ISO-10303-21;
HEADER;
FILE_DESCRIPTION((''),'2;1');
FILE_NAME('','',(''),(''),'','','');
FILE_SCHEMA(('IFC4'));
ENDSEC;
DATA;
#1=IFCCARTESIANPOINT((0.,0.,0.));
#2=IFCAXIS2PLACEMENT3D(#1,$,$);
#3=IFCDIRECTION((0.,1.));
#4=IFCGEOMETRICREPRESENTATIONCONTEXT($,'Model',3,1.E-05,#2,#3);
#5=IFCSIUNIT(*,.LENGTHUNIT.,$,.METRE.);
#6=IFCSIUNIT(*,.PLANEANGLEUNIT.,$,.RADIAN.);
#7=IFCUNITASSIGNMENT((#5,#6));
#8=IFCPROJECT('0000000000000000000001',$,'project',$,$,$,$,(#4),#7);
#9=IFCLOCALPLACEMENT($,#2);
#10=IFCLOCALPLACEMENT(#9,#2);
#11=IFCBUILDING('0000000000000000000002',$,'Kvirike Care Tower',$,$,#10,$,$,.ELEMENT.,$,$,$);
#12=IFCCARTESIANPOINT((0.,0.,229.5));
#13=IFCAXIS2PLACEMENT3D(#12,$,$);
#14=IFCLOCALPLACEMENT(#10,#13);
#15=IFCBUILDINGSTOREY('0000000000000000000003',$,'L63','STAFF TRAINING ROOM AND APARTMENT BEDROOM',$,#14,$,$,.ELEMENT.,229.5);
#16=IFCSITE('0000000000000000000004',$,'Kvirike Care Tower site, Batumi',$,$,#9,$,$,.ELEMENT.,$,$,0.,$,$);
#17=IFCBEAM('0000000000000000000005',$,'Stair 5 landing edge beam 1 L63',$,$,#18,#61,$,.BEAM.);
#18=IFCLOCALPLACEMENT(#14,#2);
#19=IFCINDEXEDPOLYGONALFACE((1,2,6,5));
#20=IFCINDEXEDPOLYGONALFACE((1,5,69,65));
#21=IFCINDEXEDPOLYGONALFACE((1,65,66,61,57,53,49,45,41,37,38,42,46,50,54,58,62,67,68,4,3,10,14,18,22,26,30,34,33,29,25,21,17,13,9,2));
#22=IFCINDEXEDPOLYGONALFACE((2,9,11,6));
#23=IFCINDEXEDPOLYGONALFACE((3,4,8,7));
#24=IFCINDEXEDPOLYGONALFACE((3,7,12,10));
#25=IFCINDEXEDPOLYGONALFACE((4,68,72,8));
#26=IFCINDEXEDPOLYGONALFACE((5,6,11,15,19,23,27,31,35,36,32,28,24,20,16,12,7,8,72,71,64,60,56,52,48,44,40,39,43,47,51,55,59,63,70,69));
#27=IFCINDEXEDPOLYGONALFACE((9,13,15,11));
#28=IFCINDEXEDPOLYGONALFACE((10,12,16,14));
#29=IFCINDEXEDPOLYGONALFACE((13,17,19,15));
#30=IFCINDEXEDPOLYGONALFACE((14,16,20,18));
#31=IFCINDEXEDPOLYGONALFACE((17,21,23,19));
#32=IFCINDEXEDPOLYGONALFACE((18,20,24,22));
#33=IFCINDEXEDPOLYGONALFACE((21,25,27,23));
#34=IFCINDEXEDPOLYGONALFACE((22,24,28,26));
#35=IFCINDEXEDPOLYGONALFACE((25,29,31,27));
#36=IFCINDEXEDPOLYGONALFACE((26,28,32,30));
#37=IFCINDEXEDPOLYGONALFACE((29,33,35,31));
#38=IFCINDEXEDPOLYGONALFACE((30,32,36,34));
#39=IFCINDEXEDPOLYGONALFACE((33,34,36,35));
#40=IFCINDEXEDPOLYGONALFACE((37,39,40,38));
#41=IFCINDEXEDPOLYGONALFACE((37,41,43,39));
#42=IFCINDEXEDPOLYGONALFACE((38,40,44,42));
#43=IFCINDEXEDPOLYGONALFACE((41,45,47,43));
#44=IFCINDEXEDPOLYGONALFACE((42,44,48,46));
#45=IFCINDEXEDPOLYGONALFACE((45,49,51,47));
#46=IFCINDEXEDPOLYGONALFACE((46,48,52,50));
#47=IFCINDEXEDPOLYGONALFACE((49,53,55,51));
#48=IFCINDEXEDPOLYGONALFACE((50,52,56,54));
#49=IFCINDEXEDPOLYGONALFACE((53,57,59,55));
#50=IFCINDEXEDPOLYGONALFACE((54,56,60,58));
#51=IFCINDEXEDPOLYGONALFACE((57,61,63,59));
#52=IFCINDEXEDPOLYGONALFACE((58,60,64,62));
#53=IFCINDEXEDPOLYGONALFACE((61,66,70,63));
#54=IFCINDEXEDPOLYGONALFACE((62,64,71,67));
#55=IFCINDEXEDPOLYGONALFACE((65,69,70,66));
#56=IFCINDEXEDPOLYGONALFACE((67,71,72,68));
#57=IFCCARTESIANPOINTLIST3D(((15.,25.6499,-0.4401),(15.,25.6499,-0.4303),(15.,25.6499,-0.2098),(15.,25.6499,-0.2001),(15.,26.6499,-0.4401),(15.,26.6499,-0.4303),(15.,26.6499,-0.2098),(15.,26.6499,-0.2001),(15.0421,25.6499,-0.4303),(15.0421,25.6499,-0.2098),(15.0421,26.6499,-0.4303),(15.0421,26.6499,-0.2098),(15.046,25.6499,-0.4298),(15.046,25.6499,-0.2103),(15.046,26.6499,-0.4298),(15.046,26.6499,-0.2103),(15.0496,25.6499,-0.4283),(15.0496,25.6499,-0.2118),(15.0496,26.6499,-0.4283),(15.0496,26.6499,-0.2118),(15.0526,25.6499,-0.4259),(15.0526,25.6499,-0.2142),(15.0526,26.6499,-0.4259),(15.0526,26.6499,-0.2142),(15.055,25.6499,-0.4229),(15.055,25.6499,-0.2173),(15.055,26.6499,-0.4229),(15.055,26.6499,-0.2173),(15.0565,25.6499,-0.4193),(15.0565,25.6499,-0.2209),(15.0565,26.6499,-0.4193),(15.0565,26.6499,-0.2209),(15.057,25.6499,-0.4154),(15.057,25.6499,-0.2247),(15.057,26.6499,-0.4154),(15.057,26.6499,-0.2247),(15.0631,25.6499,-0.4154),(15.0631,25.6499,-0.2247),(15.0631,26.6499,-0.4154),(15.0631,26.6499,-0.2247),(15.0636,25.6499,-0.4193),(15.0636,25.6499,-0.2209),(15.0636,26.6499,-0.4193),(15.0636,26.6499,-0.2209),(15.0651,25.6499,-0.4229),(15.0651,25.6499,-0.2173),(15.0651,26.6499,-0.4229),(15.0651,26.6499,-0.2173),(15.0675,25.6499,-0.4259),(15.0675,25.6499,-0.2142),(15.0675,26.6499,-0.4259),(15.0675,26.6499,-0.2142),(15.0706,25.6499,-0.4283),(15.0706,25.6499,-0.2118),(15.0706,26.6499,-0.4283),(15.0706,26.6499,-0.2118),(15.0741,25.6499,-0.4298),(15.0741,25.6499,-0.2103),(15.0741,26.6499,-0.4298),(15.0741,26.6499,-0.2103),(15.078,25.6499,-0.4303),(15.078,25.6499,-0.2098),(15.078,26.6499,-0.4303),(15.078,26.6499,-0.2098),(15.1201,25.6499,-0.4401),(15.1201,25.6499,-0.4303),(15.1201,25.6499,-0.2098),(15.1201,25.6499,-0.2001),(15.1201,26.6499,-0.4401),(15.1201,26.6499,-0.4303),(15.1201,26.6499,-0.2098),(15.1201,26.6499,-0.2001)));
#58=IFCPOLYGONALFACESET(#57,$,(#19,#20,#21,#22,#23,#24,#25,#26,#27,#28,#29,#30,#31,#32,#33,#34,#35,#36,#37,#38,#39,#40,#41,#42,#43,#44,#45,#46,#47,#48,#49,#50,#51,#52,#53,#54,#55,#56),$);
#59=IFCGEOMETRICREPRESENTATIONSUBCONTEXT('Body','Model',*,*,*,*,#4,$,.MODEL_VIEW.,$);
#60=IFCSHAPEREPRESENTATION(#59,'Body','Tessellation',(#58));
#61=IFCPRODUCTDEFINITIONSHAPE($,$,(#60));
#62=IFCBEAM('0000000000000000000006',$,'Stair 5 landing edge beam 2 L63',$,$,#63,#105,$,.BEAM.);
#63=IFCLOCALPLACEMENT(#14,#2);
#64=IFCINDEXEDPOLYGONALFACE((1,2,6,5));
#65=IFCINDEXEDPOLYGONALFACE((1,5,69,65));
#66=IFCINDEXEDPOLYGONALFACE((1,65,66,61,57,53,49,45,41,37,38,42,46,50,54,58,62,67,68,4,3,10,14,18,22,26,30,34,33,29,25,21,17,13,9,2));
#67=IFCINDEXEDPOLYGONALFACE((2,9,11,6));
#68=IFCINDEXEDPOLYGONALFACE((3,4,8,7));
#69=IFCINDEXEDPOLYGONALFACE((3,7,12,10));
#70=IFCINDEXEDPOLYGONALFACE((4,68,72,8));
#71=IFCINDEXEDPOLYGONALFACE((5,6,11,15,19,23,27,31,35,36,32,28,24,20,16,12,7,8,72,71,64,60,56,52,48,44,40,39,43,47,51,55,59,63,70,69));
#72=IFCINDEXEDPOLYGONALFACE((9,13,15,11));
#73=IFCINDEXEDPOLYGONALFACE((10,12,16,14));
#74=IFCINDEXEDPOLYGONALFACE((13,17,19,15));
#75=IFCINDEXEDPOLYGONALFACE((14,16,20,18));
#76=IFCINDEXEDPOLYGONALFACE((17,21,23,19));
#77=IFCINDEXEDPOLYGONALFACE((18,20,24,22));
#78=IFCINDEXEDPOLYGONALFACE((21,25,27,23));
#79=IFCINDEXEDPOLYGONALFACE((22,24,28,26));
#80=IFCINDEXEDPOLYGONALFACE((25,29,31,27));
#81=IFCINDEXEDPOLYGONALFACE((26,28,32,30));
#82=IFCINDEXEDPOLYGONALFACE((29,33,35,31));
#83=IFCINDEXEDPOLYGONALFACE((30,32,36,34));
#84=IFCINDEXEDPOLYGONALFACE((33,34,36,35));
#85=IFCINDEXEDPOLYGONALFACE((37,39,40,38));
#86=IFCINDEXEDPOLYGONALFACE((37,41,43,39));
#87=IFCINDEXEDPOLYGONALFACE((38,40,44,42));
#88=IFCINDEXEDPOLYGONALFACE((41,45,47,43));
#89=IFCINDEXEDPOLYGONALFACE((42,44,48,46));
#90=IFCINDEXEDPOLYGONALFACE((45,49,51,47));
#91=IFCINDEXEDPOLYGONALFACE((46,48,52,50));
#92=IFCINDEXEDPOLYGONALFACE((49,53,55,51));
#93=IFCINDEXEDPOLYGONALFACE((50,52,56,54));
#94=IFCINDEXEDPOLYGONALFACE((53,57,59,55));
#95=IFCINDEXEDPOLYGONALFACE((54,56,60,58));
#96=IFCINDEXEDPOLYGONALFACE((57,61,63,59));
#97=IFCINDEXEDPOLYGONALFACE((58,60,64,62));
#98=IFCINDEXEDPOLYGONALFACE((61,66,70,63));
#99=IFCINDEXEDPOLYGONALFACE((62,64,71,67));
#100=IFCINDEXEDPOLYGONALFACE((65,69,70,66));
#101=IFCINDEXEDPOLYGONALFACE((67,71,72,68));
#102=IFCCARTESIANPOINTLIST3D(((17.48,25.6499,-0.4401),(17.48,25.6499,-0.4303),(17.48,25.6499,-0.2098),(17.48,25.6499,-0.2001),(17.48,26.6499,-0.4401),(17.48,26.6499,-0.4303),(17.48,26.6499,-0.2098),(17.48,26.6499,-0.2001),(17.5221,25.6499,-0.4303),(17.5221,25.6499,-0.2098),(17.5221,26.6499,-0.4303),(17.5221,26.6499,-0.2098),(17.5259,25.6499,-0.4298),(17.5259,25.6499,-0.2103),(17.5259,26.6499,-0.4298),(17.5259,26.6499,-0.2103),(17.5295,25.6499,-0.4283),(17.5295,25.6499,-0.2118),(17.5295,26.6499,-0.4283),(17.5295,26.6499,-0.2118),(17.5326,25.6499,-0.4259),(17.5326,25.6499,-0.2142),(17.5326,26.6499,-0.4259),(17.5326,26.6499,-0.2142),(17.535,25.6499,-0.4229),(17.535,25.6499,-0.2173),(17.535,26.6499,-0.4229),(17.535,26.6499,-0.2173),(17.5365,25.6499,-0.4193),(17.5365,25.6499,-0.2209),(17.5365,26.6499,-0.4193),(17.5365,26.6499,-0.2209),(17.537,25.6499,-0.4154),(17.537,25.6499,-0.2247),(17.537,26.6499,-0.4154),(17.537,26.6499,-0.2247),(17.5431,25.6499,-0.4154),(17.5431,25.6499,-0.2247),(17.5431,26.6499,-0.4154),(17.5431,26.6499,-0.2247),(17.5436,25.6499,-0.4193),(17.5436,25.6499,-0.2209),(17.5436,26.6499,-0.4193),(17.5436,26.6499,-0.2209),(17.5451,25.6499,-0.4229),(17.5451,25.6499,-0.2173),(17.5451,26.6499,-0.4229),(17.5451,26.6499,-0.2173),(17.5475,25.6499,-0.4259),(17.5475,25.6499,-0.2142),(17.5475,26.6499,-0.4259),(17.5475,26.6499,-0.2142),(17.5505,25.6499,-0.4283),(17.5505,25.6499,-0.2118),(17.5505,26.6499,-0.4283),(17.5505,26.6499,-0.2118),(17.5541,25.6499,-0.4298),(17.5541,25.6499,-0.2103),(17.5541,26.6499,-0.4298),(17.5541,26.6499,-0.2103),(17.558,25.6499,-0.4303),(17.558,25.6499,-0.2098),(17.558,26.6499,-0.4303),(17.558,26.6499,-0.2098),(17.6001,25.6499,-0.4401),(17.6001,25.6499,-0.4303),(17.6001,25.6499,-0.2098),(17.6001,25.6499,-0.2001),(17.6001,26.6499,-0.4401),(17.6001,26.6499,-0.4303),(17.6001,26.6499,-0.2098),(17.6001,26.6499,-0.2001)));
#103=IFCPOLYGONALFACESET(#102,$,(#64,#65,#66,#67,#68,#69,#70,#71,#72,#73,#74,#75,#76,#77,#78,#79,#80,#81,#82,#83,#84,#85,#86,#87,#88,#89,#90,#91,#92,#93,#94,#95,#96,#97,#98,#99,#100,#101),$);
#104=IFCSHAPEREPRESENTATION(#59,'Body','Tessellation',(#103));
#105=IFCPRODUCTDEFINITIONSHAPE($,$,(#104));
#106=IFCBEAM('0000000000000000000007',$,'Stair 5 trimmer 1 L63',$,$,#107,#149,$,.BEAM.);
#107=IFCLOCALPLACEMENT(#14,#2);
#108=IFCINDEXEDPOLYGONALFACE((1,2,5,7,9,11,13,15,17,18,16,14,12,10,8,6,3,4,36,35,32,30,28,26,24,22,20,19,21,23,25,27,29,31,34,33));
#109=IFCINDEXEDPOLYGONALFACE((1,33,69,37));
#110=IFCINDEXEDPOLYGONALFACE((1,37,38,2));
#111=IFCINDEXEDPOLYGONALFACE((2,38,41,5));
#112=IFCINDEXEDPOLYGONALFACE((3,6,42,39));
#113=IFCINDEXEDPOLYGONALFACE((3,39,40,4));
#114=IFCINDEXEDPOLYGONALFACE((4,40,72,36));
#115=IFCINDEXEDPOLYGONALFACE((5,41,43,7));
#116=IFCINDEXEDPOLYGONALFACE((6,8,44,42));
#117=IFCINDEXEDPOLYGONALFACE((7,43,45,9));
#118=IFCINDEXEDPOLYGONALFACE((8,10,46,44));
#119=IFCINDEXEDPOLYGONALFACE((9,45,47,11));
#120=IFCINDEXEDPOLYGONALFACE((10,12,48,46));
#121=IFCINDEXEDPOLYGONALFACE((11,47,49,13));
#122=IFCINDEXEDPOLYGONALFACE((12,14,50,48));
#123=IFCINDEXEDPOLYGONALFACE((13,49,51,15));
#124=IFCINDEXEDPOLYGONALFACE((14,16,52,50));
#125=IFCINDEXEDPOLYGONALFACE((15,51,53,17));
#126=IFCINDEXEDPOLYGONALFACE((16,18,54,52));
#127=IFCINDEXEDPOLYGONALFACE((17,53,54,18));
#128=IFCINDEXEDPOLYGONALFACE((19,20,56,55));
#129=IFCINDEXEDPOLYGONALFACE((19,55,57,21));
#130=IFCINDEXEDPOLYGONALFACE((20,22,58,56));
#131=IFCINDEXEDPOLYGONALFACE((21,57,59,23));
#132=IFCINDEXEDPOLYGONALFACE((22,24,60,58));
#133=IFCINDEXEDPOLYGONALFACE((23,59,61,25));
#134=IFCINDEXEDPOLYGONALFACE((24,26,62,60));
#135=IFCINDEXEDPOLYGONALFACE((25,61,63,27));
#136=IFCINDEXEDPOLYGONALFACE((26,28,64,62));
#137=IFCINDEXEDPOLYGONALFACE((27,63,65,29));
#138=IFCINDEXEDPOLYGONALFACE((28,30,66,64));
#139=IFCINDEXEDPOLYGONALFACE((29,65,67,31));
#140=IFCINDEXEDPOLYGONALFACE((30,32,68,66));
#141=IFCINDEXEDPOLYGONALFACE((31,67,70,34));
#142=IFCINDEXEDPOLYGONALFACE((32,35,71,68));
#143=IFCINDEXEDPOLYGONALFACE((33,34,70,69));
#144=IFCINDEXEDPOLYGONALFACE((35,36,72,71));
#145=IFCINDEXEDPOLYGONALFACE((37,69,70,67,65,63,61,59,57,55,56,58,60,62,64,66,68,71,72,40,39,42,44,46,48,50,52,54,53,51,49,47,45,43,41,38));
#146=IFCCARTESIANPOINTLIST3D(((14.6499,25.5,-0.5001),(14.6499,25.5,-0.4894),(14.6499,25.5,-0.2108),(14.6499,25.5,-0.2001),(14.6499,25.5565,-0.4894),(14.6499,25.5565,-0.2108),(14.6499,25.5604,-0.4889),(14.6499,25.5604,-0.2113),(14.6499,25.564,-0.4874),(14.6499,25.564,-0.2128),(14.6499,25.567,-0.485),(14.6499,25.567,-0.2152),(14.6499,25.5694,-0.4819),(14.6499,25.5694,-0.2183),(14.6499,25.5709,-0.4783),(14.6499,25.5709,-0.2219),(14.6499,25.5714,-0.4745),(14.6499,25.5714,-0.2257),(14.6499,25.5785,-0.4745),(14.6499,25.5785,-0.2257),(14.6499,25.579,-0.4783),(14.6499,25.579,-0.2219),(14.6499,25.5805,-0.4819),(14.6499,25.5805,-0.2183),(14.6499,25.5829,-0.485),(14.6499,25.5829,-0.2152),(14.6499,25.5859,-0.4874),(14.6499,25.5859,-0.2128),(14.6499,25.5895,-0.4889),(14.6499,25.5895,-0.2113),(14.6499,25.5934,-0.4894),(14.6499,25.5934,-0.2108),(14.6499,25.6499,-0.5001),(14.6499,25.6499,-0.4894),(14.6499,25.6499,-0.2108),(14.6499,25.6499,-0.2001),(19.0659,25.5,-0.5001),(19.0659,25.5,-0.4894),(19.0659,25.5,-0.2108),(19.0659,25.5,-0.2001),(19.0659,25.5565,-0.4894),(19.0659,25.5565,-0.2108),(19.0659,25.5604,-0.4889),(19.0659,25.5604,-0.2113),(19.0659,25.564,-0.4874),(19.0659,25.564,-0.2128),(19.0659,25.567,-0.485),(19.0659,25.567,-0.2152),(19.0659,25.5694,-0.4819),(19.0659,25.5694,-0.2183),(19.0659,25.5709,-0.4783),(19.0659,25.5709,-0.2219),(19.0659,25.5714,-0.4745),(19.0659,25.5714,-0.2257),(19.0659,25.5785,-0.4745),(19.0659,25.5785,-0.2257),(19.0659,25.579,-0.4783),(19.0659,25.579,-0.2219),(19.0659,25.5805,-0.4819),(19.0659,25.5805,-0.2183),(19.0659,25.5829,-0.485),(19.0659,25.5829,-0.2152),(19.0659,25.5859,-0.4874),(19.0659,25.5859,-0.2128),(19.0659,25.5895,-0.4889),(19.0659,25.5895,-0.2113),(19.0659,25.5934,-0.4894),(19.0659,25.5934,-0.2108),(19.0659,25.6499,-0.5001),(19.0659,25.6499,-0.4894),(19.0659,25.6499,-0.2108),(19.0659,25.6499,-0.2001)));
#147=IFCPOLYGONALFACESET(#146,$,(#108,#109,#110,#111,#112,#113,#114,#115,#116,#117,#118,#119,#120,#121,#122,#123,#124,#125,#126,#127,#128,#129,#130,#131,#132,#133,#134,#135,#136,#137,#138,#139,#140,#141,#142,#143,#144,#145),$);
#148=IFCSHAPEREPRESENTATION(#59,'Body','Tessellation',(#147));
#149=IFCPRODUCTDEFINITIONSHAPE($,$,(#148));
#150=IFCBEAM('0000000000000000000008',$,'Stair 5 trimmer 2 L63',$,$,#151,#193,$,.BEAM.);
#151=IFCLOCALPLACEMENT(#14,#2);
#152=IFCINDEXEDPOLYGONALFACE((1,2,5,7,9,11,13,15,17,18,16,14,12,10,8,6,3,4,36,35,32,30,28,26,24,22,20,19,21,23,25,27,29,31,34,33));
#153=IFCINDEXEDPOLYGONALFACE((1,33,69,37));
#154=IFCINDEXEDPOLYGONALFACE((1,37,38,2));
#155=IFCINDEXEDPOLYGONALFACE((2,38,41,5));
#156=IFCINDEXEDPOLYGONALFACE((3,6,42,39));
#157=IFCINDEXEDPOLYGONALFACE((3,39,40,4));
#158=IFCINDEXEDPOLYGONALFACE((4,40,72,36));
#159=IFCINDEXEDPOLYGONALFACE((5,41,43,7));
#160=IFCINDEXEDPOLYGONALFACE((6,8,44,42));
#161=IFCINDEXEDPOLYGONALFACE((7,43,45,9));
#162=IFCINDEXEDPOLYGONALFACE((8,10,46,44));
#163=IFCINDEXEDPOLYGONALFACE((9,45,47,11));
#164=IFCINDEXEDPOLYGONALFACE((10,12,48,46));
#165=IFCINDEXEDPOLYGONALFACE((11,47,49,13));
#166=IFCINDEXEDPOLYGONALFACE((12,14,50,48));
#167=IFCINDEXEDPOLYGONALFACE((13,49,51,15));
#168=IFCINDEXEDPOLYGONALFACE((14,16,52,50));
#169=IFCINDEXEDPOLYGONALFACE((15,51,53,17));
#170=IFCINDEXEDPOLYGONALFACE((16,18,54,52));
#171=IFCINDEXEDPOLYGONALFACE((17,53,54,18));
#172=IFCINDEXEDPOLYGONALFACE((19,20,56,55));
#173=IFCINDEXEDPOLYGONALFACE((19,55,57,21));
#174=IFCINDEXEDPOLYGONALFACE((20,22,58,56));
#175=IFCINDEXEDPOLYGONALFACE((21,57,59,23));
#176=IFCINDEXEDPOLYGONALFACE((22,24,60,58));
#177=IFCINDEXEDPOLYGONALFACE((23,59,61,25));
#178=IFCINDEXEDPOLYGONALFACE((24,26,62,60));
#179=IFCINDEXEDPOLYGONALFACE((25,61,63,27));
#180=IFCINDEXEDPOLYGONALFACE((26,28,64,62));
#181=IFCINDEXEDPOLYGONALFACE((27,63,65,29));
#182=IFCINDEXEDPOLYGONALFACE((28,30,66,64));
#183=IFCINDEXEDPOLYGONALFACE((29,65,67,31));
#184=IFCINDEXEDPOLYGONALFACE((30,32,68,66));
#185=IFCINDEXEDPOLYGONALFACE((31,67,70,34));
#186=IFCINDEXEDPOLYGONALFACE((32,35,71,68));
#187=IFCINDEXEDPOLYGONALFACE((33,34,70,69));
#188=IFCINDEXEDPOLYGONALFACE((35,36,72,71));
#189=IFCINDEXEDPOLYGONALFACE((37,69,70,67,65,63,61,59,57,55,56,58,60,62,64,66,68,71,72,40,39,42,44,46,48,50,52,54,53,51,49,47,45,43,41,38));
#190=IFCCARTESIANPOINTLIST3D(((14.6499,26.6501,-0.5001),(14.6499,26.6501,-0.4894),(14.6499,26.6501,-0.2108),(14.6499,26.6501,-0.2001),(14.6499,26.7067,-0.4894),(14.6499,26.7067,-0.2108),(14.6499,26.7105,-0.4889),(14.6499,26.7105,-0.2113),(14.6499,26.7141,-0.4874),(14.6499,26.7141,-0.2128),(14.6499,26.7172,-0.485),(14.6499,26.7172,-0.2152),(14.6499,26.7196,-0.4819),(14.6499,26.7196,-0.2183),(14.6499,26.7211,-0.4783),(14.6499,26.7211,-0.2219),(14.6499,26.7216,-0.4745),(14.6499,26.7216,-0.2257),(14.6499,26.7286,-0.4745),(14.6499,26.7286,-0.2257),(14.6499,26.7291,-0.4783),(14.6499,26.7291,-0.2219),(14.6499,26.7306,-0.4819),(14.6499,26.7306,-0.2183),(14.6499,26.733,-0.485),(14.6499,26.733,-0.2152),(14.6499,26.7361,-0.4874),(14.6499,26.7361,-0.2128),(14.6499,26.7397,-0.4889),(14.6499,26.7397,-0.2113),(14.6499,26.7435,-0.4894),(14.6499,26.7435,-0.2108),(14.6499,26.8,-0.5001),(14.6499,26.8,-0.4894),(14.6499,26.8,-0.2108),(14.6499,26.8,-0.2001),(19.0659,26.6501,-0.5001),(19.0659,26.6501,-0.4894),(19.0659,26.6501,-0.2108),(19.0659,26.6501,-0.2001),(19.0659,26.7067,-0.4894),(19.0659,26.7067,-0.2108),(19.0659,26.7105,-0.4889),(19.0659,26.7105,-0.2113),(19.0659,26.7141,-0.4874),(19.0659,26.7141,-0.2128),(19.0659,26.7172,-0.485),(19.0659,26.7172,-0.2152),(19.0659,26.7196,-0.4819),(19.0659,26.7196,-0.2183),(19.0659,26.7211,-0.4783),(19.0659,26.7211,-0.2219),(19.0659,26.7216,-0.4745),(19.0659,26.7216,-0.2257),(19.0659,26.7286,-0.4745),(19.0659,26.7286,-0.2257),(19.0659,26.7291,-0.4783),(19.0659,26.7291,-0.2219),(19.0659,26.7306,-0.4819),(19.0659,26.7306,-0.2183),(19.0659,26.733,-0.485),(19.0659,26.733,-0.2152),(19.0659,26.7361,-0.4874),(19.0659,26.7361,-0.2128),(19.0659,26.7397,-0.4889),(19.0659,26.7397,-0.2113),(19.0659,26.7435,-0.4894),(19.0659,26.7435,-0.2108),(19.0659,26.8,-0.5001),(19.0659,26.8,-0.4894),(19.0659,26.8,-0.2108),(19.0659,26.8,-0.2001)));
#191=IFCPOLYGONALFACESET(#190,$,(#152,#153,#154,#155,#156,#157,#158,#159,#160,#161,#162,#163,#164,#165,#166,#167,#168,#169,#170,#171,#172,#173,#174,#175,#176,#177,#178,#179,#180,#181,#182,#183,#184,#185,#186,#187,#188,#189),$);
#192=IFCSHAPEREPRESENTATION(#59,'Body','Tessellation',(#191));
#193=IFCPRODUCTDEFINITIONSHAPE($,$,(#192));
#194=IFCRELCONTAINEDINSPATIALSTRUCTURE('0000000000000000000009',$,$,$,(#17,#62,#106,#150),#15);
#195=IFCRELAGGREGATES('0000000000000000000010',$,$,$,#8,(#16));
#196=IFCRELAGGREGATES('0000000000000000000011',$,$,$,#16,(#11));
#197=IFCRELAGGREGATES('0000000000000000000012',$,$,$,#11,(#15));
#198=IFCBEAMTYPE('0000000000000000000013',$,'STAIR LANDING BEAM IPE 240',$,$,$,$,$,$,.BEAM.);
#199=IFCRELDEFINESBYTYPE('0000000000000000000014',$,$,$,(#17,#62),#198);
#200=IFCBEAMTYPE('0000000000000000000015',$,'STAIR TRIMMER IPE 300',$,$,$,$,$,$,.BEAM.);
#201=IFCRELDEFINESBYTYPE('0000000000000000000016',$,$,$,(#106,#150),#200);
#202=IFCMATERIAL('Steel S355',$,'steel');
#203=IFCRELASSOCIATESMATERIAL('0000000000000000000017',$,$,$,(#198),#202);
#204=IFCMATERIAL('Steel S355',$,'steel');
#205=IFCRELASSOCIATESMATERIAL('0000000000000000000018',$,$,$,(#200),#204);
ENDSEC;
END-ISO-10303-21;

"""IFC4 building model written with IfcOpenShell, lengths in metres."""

from ifc_helpers import new_model, si_unit, direction, frame, origin, origin_2d, place, context, subcontext, project, spatial, i_section, extrude, material, material_profile, profile_set, type_object, element, save


model = new_model("IFC4")

# Units and contexts
model_context = context("Model", 3, precision=1e-05, world=origin(), true_north=direction((0.0, 1.0)))
body_context = subcontext(model_context, "Body", "Model", "MODEL_VIEW")
ifc_project = project(units=[si_unit("LENGTHUNIT", "METRE"), si_unit("PLANEANGLEUNIT", "RADIAN")], contexts=[model_context])

# Site, building, storey
site_placement = place(None, origin())
site = spatial("IfcSite", under=ifc_project, at=site_placement, Name="Kvirike Care Tower site, Batumi", CompositionType="ELEMENT", RefElevation=0.0)
building_placement = place(site_placement, origin())
building = spatial("IfcBuilding", under=site, at=building_placement, Name="Kvirike Care Tower", CompositionType="ELEMENT")
storey_placement = place(building_placement, frame((0.0, 0.0, 229.5)))
storey = spatial("IfcBuildingStorey", under=building, at=storey_placement, Name="L63", Description="STAFF TRAINING ROOM AND APARTMENT BEDROOM", CompositionType="ELEMENT", Elevation=229.5)

# Beams
ifc_material_1 = material(Name="Steel S355", Category="steel")
ifc_material_profile_1 = material_profile(ifc_material_1, i_section(OverallWidth=0.1201, OverallDepth=0.24, WebThickness=0.0061, FlangeThickness=0.0098, FilletRadius=0.0149, at=origin_2d()), Name="IPE 240")
ifc_profile_set_1 = profile_set([ifc_material_profile_1], Name="Steel S355")
beam_type_1 = type_object("IfcBeamType", Name="STAIR LANDING BEAM IPE 240", PredefinedType="BEAM", material=ifc_profile_set_1)
for number, where, z_axis, x_axis, name in (
    (1, (15.0601, 25.6499, -0.3201), (0.0, 1.0, 0.0), (-1.0, 0.0, 0.0), "Stair 5 landing edge beam 1 L63"),
    (2, (17.54, 25.6499, -0.3201), (0.0, 1.0, 0.0), (-1.0, 0.0, 0.0), "Stair 5 landing edge beam 2 L63"),
):
    element("IfcBeam", number, at=place(storey_placement, frame(where, z_axis=z_axis, x_axis=x_axis)), inside=storey, type_object=beam_type_1, Name=name, PredefinedType="BEAM", context=body_context, shape_type="SweptSolid", body=[
        extrude(i_section(OverallWidth=0.1201, OverallDepth=0.24, WebThickness=0.0061, FlangeThickness=0.0098, FilletRadius=0.0149, at=origin_2d()), origin(), (0.0, 0.0, 1.0), 1.0),
    ])
ifc_material_2 = material(Name="Steel S355", Category="steel")
ifc_material_profile_2 = material_profile(ifc_material_2, i_section(OverallWidth=0.1499, OverallDepth=0.3, WebThickness=0.0071, FlangeThickness=0.0107, FilletRadius=0.0149, at=origin_2d()), Name="IPE 300")
ifc_profile_set_2 = profile_set([ifc_material_profile_2], Name="Steel S355")
beam_type_2 = type_object("IfcBeamType", Name="STAIR TRIMMER IPE 300", PredefinedType="BEAM", material=ifc_profile_set_2)
for number, where, z_axis, x_axis, name in (
    (3, (14.6499, 25.575, -0.3501), (1.0, 0.0, 0.0), (0.0, 1.0, 0.0), "Stair 5 trimmer 1 L63"),
    (4, (14.6499, 26.7251, -0.3501), (1.0, 0.0, 0.0), (0.0, 1.0, 0.0), "Stair 5 trimmer 2 L63"),
):
    element("IfcBeam", number, at=place(storey_placement, frame(where, z_axis=z_axis, x_axis=x_axis)), inside=storey, type_object=beam_type_2, Name=name, PredefinedType="BEAM", context=body_context, shape_type="SweptSolid", body=[
        extrude(i_section(OverallWidth=0.1499, OverallDepth=0.3, WebThickness=0.0071, FlangeThickness=0.0107, FilletRadius=0.0149, at=origin_2d()), origin(), (0.0, 0.0, 1.0), 4.416),
    ])

save(model, "model.ifc")
